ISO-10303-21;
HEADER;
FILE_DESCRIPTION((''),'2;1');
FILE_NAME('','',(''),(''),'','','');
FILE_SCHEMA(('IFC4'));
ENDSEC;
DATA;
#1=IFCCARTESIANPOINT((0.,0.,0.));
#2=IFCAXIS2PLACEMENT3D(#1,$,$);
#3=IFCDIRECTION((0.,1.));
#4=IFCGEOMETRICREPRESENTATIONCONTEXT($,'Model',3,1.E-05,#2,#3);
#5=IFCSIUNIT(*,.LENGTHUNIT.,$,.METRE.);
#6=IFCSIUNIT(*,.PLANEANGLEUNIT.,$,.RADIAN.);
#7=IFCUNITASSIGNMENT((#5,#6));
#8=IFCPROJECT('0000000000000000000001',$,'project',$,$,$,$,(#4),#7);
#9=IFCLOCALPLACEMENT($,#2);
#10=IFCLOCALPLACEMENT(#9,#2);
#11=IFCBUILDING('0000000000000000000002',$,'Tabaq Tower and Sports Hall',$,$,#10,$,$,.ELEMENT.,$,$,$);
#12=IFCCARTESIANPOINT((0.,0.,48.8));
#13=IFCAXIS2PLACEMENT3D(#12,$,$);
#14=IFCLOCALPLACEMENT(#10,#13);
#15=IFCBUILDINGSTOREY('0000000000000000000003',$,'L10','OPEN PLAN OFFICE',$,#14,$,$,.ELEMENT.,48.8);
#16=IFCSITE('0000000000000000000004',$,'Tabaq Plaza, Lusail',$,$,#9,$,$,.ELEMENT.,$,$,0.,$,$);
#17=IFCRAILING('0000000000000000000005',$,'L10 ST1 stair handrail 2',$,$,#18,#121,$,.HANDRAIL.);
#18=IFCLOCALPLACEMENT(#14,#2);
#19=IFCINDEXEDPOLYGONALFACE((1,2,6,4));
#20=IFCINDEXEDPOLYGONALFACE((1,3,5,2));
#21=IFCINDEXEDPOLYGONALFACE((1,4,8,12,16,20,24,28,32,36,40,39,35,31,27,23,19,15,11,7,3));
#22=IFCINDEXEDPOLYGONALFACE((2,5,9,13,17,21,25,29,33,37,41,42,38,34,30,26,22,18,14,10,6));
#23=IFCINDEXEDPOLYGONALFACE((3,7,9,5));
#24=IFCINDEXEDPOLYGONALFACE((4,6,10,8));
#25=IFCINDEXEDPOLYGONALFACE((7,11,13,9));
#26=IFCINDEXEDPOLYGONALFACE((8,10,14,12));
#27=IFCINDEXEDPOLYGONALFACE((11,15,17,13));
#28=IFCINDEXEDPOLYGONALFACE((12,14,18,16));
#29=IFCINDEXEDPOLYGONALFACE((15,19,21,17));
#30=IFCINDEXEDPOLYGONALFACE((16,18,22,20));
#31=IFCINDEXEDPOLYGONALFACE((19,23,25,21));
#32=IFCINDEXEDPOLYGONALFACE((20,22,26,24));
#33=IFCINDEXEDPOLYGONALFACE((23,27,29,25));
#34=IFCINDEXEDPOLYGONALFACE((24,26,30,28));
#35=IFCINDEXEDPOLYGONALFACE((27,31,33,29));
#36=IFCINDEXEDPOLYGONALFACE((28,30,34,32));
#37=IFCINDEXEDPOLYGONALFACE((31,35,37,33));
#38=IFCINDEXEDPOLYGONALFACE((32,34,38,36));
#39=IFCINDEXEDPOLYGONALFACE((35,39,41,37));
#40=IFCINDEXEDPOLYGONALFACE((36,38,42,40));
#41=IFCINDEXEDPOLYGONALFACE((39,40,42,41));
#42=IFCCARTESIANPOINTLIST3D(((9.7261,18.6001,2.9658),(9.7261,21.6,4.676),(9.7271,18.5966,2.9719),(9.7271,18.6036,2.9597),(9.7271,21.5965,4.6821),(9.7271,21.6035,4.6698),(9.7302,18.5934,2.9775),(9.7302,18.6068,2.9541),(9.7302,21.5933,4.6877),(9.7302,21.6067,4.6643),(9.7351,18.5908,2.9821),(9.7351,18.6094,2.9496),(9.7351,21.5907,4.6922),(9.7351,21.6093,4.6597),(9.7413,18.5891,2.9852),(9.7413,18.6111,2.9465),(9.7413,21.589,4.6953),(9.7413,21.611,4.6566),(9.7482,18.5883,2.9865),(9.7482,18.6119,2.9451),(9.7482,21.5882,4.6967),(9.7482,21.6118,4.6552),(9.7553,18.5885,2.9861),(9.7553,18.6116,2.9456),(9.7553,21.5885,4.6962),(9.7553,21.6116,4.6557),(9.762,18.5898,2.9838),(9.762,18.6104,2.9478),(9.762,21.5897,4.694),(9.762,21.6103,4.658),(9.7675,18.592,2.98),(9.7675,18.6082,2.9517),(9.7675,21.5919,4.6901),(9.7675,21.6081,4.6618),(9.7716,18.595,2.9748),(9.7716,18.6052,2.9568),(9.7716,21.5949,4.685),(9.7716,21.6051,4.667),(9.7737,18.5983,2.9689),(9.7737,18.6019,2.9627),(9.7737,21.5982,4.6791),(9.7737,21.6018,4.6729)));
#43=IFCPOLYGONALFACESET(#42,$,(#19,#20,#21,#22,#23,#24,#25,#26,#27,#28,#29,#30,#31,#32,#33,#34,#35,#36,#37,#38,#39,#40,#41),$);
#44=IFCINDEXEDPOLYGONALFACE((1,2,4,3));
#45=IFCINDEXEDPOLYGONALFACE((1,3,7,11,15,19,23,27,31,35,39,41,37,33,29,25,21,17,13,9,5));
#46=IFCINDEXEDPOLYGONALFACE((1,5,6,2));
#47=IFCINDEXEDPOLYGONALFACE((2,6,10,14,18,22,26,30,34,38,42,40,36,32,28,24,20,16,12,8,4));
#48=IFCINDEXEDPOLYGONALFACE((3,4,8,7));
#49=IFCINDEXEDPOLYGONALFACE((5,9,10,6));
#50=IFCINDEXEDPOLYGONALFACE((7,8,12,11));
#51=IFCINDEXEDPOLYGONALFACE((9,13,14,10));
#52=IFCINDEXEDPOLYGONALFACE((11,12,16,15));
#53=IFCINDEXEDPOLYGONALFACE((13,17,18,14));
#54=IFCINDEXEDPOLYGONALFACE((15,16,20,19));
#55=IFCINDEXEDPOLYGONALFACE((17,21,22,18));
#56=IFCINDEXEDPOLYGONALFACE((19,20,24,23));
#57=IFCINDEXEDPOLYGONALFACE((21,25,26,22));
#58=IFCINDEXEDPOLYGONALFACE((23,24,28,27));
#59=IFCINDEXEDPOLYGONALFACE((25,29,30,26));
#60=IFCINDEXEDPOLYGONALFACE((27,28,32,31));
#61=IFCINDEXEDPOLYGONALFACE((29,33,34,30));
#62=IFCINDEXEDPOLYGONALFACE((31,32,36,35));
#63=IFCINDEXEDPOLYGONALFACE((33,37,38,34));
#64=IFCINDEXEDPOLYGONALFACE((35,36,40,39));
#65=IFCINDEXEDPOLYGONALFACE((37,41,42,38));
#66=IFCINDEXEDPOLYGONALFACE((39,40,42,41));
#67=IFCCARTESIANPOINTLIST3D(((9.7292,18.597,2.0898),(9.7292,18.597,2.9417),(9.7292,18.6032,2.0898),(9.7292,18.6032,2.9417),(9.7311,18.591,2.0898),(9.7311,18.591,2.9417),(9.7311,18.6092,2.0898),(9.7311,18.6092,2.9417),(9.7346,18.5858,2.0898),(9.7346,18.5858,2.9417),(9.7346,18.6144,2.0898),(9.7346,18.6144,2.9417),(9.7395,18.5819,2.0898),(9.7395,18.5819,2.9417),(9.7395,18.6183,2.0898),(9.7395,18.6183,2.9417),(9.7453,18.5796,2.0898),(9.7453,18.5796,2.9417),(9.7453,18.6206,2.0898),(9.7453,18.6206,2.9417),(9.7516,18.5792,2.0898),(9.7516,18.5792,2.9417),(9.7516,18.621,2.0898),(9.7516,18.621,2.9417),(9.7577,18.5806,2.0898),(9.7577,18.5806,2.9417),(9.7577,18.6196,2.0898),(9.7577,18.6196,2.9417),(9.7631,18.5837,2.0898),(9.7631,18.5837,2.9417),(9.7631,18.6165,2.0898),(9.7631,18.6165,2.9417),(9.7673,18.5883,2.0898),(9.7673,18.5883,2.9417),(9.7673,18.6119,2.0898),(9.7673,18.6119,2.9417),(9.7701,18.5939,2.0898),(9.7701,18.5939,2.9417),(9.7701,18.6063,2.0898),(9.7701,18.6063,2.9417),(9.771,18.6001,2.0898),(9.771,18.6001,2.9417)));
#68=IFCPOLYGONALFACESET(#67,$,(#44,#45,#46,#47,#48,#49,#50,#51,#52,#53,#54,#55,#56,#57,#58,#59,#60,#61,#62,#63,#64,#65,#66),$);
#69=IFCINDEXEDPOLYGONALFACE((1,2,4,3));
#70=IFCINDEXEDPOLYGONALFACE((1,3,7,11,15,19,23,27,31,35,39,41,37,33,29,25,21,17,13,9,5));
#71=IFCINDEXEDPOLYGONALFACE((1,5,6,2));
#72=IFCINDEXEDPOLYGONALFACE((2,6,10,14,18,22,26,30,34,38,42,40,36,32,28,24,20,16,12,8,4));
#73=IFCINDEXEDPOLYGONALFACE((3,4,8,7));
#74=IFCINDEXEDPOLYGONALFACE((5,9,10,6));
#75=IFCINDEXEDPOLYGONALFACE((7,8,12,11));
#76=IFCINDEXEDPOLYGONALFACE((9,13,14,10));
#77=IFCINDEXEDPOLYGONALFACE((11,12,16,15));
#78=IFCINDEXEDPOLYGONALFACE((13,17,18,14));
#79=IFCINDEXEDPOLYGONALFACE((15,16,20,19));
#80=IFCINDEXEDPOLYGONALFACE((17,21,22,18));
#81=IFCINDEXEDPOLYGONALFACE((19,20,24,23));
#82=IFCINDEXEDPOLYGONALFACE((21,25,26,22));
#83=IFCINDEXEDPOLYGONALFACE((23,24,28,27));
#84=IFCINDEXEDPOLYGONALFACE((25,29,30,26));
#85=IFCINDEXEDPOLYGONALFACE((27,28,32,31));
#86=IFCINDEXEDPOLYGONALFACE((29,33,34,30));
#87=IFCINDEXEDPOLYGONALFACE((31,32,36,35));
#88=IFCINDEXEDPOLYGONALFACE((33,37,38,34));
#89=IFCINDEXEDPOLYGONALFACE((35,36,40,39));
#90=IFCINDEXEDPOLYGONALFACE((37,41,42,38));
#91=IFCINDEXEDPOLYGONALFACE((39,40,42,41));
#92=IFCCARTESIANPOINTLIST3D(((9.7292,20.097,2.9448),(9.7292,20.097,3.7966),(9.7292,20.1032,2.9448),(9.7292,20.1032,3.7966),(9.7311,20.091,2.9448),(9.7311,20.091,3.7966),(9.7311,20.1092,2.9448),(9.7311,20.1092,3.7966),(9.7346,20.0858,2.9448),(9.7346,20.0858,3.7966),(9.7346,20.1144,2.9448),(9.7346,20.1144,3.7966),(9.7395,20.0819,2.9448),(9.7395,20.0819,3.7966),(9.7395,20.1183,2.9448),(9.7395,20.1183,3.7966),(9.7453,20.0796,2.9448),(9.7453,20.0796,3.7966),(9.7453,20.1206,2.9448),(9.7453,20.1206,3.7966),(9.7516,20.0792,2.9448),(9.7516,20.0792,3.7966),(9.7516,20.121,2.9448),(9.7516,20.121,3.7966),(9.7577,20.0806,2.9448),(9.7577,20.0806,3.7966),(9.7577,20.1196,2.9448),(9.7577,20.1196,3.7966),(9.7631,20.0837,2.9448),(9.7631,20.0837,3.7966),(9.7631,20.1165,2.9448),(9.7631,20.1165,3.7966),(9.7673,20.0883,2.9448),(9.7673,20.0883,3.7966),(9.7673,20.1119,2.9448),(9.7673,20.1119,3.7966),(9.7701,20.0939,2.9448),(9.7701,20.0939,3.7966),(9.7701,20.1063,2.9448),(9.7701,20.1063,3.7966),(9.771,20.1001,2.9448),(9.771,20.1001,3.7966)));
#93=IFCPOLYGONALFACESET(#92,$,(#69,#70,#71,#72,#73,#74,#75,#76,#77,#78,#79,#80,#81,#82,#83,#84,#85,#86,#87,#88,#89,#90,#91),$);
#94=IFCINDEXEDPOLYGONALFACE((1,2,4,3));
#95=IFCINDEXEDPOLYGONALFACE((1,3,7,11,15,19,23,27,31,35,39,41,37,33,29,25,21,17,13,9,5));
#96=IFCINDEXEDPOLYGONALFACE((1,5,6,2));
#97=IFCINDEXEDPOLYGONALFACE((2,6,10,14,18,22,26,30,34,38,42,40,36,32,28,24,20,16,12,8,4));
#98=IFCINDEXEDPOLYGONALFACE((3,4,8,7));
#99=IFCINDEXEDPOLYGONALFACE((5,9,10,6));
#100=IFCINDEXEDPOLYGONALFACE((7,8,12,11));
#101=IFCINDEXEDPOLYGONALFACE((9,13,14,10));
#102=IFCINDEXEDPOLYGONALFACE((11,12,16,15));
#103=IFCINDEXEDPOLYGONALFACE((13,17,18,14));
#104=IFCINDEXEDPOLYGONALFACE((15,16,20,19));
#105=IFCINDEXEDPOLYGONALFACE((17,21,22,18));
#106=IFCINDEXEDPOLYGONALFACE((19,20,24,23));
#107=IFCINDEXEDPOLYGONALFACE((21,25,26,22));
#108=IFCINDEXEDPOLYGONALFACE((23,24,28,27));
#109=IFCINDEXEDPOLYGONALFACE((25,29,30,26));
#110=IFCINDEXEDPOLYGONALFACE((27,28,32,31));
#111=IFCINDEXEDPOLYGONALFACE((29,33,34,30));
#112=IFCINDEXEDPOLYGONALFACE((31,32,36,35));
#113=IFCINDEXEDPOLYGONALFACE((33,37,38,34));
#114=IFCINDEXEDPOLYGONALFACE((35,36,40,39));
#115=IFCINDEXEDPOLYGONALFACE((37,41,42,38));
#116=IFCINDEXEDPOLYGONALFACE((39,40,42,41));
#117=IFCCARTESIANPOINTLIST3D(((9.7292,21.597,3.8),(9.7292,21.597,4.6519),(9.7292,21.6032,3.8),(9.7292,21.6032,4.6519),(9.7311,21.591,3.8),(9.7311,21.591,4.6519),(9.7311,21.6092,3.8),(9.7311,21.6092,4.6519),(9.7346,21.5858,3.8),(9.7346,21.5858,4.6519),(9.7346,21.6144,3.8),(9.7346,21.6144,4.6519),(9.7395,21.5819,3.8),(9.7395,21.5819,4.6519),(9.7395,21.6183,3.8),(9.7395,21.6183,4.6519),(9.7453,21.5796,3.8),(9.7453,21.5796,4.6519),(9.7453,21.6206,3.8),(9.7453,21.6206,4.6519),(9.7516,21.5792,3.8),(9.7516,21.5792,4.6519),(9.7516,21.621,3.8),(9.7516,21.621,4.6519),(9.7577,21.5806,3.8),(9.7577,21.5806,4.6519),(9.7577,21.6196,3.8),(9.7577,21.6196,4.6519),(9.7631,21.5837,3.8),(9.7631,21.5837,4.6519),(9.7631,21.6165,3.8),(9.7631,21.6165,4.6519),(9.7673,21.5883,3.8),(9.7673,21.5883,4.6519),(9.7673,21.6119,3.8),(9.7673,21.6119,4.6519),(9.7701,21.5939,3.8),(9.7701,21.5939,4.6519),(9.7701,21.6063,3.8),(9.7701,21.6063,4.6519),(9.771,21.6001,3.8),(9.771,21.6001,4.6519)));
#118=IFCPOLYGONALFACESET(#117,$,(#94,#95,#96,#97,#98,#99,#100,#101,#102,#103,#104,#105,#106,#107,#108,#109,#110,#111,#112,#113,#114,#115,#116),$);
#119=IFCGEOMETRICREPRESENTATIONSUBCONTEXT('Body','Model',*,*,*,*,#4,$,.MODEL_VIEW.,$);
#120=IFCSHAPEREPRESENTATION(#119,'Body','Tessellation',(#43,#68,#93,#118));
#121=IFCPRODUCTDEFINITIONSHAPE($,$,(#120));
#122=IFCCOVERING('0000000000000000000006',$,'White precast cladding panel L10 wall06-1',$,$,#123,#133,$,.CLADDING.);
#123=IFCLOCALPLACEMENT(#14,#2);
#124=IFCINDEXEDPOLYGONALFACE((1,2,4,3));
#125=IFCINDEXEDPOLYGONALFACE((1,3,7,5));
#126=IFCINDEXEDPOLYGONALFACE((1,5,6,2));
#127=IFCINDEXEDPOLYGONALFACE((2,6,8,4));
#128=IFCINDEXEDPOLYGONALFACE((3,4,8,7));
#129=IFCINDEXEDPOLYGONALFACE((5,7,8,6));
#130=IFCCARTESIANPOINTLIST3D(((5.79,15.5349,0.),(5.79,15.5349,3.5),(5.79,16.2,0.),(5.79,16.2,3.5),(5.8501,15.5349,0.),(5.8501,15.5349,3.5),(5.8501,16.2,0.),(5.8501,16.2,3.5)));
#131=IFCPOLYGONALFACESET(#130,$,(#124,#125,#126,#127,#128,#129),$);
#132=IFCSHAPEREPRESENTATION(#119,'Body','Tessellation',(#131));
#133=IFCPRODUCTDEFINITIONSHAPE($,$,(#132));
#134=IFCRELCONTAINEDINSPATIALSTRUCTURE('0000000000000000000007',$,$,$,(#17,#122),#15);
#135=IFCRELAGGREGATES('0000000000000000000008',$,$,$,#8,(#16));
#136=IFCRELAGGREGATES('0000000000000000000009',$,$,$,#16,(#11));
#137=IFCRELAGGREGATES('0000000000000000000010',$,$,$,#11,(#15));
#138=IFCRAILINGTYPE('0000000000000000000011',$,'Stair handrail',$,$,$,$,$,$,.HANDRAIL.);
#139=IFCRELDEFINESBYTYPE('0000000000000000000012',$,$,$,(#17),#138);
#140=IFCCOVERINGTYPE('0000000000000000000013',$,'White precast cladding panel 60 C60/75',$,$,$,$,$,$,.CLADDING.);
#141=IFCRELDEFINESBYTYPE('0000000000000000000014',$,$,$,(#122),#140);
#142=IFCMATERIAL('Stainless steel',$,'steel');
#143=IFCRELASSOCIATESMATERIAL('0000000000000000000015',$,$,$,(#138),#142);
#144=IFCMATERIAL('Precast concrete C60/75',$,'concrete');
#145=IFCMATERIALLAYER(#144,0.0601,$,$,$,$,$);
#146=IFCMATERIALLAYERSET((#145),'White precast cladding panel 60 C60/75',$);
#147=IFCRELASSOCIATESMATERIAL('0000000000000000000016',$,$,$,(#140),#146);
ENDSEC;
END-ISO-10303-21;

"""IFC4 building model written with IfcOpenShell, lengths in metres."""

from ifc_helpers import new_model, si_unit, direction, frame, frame_2d, origin, origin_2d, place, context, subcontext, project, spatial, rectangle, circle, extrude, material, layer, layer_set, type_object, element, save


model = new_model("IFC4")

# Units and contexts
model_context = context("Model", 3, precision=1e-05, world=origin(), true_north=direction((0.0, 1.0)))
body_context = subcontext(model_context, "Body", "Model", "MODEL_VIEW")
ifc_project = project(units=[si_unit("LENGTHUNIT", "METRE"), si_unit("PLANEANGLEUNIT", "RADIAN")], contexts=[model_context])

# Site, building, storey
site_placement = place(None, origin())
site = spatial("IfcSite", under=ifc_project, at=site_placement, Name="Tabaq Plaza, Lusail", CompositionType="ELEMENT", RefElevation=0.0)
building_placement = place(site_placement, origin())
building = spatial("IfcBuilding", under=site, at=building_placement, Name="Tabaq Tower and Sports Hall", CompositionType="ELEMENT")
storey_placement = place(building_placement, frame((0.0, 0.0, 48.8)))
storey = spatial("IfcBuildingStorey", under=building, at=storey_placement, Name="L10", Description="OPEN PLAN OFFICE", CompositionType="ELEMENT", Elevation=48.8)

# Railing
ifc_material_1 = material(Name="Stainless steel", Category="steel")
railing_type_1 = type_object("IfcRailingType", Name="Stair handrail", PredefinedType="HANDRAIL", material=ifc_material_1)
railing_1_placement = place(storey_placement, frame((9.75, 18.6001, 2.0898)))
element("IfcRailing", 1, at=railing_1_placement, inside=storey, type_object=railing_type_1, Name="L10 ST1 stair handrail 2", PredefinedType="HANDRAIL", context=body_context, shape_type="SweptSolid", body=[
    extrude(circle(Radius=0.0239, at=origin_2d()), frame((0.0, 0.0, 0.876), z_axis=(0.0, 0.868752, 0.495248), x_axis=(-1.0, 0.0, 0.0)), (0.0, 0.0, 1.0), 3.4531),
    extrude(circle(Radius=0.021, at=origin_2d()), origin(), (0.0, 0.0, 1.0), 0.8518),
    extrude(circle(Radius=0.021, at=origin_2d()), frame((0.0, 1.5, 0.855)), (0.0, 0.0, 1.0), 0.8518),
    extrude(circle(Radius=0.021, at=origin_2d()), frame((0.0, 3.0, 1.7102)), (0.0, 0.0, 1.0), 0.8518),
])

# Covering
ifc_material_2 = material(Name="Precast concrete C60/75", Category="concrete")
ifc_layer_1 = layer(ifc_material_2, 0.0601)
ifc_layer_set_1 = layer_set([ifc_layer_1], Name="White precast cladding panel 60 C60/75")
covering_type = type_object("IfcCoveringType", Name="White precast cladding panel 60 C60/75", PredefinedType="CLADDING", material=ifc_layer_set_1)
covering_placement = place(storey_placement, frame((5.8201, 16.2, 0.0), z_axis=(0.0, 0.0, 1.0), x_axis=(0.0, -1.0, 0.0)))
element("IfcCovering", 2, at=covering_placement, inside=storey, type_object=covering_type, Name="White precast cladding panel L10 wall06-1", PredefinedType="CLADDING", context=body_context, shape_type="SweptSolid", body=[
    extrude(rectangle(XDim=0.665, YDim=0.0601, at=frame_2d((0.3325, 0.0))), origin(), (0.0, 0.0, 1.0), 3.5),
])

save(model, "model.ifc")
